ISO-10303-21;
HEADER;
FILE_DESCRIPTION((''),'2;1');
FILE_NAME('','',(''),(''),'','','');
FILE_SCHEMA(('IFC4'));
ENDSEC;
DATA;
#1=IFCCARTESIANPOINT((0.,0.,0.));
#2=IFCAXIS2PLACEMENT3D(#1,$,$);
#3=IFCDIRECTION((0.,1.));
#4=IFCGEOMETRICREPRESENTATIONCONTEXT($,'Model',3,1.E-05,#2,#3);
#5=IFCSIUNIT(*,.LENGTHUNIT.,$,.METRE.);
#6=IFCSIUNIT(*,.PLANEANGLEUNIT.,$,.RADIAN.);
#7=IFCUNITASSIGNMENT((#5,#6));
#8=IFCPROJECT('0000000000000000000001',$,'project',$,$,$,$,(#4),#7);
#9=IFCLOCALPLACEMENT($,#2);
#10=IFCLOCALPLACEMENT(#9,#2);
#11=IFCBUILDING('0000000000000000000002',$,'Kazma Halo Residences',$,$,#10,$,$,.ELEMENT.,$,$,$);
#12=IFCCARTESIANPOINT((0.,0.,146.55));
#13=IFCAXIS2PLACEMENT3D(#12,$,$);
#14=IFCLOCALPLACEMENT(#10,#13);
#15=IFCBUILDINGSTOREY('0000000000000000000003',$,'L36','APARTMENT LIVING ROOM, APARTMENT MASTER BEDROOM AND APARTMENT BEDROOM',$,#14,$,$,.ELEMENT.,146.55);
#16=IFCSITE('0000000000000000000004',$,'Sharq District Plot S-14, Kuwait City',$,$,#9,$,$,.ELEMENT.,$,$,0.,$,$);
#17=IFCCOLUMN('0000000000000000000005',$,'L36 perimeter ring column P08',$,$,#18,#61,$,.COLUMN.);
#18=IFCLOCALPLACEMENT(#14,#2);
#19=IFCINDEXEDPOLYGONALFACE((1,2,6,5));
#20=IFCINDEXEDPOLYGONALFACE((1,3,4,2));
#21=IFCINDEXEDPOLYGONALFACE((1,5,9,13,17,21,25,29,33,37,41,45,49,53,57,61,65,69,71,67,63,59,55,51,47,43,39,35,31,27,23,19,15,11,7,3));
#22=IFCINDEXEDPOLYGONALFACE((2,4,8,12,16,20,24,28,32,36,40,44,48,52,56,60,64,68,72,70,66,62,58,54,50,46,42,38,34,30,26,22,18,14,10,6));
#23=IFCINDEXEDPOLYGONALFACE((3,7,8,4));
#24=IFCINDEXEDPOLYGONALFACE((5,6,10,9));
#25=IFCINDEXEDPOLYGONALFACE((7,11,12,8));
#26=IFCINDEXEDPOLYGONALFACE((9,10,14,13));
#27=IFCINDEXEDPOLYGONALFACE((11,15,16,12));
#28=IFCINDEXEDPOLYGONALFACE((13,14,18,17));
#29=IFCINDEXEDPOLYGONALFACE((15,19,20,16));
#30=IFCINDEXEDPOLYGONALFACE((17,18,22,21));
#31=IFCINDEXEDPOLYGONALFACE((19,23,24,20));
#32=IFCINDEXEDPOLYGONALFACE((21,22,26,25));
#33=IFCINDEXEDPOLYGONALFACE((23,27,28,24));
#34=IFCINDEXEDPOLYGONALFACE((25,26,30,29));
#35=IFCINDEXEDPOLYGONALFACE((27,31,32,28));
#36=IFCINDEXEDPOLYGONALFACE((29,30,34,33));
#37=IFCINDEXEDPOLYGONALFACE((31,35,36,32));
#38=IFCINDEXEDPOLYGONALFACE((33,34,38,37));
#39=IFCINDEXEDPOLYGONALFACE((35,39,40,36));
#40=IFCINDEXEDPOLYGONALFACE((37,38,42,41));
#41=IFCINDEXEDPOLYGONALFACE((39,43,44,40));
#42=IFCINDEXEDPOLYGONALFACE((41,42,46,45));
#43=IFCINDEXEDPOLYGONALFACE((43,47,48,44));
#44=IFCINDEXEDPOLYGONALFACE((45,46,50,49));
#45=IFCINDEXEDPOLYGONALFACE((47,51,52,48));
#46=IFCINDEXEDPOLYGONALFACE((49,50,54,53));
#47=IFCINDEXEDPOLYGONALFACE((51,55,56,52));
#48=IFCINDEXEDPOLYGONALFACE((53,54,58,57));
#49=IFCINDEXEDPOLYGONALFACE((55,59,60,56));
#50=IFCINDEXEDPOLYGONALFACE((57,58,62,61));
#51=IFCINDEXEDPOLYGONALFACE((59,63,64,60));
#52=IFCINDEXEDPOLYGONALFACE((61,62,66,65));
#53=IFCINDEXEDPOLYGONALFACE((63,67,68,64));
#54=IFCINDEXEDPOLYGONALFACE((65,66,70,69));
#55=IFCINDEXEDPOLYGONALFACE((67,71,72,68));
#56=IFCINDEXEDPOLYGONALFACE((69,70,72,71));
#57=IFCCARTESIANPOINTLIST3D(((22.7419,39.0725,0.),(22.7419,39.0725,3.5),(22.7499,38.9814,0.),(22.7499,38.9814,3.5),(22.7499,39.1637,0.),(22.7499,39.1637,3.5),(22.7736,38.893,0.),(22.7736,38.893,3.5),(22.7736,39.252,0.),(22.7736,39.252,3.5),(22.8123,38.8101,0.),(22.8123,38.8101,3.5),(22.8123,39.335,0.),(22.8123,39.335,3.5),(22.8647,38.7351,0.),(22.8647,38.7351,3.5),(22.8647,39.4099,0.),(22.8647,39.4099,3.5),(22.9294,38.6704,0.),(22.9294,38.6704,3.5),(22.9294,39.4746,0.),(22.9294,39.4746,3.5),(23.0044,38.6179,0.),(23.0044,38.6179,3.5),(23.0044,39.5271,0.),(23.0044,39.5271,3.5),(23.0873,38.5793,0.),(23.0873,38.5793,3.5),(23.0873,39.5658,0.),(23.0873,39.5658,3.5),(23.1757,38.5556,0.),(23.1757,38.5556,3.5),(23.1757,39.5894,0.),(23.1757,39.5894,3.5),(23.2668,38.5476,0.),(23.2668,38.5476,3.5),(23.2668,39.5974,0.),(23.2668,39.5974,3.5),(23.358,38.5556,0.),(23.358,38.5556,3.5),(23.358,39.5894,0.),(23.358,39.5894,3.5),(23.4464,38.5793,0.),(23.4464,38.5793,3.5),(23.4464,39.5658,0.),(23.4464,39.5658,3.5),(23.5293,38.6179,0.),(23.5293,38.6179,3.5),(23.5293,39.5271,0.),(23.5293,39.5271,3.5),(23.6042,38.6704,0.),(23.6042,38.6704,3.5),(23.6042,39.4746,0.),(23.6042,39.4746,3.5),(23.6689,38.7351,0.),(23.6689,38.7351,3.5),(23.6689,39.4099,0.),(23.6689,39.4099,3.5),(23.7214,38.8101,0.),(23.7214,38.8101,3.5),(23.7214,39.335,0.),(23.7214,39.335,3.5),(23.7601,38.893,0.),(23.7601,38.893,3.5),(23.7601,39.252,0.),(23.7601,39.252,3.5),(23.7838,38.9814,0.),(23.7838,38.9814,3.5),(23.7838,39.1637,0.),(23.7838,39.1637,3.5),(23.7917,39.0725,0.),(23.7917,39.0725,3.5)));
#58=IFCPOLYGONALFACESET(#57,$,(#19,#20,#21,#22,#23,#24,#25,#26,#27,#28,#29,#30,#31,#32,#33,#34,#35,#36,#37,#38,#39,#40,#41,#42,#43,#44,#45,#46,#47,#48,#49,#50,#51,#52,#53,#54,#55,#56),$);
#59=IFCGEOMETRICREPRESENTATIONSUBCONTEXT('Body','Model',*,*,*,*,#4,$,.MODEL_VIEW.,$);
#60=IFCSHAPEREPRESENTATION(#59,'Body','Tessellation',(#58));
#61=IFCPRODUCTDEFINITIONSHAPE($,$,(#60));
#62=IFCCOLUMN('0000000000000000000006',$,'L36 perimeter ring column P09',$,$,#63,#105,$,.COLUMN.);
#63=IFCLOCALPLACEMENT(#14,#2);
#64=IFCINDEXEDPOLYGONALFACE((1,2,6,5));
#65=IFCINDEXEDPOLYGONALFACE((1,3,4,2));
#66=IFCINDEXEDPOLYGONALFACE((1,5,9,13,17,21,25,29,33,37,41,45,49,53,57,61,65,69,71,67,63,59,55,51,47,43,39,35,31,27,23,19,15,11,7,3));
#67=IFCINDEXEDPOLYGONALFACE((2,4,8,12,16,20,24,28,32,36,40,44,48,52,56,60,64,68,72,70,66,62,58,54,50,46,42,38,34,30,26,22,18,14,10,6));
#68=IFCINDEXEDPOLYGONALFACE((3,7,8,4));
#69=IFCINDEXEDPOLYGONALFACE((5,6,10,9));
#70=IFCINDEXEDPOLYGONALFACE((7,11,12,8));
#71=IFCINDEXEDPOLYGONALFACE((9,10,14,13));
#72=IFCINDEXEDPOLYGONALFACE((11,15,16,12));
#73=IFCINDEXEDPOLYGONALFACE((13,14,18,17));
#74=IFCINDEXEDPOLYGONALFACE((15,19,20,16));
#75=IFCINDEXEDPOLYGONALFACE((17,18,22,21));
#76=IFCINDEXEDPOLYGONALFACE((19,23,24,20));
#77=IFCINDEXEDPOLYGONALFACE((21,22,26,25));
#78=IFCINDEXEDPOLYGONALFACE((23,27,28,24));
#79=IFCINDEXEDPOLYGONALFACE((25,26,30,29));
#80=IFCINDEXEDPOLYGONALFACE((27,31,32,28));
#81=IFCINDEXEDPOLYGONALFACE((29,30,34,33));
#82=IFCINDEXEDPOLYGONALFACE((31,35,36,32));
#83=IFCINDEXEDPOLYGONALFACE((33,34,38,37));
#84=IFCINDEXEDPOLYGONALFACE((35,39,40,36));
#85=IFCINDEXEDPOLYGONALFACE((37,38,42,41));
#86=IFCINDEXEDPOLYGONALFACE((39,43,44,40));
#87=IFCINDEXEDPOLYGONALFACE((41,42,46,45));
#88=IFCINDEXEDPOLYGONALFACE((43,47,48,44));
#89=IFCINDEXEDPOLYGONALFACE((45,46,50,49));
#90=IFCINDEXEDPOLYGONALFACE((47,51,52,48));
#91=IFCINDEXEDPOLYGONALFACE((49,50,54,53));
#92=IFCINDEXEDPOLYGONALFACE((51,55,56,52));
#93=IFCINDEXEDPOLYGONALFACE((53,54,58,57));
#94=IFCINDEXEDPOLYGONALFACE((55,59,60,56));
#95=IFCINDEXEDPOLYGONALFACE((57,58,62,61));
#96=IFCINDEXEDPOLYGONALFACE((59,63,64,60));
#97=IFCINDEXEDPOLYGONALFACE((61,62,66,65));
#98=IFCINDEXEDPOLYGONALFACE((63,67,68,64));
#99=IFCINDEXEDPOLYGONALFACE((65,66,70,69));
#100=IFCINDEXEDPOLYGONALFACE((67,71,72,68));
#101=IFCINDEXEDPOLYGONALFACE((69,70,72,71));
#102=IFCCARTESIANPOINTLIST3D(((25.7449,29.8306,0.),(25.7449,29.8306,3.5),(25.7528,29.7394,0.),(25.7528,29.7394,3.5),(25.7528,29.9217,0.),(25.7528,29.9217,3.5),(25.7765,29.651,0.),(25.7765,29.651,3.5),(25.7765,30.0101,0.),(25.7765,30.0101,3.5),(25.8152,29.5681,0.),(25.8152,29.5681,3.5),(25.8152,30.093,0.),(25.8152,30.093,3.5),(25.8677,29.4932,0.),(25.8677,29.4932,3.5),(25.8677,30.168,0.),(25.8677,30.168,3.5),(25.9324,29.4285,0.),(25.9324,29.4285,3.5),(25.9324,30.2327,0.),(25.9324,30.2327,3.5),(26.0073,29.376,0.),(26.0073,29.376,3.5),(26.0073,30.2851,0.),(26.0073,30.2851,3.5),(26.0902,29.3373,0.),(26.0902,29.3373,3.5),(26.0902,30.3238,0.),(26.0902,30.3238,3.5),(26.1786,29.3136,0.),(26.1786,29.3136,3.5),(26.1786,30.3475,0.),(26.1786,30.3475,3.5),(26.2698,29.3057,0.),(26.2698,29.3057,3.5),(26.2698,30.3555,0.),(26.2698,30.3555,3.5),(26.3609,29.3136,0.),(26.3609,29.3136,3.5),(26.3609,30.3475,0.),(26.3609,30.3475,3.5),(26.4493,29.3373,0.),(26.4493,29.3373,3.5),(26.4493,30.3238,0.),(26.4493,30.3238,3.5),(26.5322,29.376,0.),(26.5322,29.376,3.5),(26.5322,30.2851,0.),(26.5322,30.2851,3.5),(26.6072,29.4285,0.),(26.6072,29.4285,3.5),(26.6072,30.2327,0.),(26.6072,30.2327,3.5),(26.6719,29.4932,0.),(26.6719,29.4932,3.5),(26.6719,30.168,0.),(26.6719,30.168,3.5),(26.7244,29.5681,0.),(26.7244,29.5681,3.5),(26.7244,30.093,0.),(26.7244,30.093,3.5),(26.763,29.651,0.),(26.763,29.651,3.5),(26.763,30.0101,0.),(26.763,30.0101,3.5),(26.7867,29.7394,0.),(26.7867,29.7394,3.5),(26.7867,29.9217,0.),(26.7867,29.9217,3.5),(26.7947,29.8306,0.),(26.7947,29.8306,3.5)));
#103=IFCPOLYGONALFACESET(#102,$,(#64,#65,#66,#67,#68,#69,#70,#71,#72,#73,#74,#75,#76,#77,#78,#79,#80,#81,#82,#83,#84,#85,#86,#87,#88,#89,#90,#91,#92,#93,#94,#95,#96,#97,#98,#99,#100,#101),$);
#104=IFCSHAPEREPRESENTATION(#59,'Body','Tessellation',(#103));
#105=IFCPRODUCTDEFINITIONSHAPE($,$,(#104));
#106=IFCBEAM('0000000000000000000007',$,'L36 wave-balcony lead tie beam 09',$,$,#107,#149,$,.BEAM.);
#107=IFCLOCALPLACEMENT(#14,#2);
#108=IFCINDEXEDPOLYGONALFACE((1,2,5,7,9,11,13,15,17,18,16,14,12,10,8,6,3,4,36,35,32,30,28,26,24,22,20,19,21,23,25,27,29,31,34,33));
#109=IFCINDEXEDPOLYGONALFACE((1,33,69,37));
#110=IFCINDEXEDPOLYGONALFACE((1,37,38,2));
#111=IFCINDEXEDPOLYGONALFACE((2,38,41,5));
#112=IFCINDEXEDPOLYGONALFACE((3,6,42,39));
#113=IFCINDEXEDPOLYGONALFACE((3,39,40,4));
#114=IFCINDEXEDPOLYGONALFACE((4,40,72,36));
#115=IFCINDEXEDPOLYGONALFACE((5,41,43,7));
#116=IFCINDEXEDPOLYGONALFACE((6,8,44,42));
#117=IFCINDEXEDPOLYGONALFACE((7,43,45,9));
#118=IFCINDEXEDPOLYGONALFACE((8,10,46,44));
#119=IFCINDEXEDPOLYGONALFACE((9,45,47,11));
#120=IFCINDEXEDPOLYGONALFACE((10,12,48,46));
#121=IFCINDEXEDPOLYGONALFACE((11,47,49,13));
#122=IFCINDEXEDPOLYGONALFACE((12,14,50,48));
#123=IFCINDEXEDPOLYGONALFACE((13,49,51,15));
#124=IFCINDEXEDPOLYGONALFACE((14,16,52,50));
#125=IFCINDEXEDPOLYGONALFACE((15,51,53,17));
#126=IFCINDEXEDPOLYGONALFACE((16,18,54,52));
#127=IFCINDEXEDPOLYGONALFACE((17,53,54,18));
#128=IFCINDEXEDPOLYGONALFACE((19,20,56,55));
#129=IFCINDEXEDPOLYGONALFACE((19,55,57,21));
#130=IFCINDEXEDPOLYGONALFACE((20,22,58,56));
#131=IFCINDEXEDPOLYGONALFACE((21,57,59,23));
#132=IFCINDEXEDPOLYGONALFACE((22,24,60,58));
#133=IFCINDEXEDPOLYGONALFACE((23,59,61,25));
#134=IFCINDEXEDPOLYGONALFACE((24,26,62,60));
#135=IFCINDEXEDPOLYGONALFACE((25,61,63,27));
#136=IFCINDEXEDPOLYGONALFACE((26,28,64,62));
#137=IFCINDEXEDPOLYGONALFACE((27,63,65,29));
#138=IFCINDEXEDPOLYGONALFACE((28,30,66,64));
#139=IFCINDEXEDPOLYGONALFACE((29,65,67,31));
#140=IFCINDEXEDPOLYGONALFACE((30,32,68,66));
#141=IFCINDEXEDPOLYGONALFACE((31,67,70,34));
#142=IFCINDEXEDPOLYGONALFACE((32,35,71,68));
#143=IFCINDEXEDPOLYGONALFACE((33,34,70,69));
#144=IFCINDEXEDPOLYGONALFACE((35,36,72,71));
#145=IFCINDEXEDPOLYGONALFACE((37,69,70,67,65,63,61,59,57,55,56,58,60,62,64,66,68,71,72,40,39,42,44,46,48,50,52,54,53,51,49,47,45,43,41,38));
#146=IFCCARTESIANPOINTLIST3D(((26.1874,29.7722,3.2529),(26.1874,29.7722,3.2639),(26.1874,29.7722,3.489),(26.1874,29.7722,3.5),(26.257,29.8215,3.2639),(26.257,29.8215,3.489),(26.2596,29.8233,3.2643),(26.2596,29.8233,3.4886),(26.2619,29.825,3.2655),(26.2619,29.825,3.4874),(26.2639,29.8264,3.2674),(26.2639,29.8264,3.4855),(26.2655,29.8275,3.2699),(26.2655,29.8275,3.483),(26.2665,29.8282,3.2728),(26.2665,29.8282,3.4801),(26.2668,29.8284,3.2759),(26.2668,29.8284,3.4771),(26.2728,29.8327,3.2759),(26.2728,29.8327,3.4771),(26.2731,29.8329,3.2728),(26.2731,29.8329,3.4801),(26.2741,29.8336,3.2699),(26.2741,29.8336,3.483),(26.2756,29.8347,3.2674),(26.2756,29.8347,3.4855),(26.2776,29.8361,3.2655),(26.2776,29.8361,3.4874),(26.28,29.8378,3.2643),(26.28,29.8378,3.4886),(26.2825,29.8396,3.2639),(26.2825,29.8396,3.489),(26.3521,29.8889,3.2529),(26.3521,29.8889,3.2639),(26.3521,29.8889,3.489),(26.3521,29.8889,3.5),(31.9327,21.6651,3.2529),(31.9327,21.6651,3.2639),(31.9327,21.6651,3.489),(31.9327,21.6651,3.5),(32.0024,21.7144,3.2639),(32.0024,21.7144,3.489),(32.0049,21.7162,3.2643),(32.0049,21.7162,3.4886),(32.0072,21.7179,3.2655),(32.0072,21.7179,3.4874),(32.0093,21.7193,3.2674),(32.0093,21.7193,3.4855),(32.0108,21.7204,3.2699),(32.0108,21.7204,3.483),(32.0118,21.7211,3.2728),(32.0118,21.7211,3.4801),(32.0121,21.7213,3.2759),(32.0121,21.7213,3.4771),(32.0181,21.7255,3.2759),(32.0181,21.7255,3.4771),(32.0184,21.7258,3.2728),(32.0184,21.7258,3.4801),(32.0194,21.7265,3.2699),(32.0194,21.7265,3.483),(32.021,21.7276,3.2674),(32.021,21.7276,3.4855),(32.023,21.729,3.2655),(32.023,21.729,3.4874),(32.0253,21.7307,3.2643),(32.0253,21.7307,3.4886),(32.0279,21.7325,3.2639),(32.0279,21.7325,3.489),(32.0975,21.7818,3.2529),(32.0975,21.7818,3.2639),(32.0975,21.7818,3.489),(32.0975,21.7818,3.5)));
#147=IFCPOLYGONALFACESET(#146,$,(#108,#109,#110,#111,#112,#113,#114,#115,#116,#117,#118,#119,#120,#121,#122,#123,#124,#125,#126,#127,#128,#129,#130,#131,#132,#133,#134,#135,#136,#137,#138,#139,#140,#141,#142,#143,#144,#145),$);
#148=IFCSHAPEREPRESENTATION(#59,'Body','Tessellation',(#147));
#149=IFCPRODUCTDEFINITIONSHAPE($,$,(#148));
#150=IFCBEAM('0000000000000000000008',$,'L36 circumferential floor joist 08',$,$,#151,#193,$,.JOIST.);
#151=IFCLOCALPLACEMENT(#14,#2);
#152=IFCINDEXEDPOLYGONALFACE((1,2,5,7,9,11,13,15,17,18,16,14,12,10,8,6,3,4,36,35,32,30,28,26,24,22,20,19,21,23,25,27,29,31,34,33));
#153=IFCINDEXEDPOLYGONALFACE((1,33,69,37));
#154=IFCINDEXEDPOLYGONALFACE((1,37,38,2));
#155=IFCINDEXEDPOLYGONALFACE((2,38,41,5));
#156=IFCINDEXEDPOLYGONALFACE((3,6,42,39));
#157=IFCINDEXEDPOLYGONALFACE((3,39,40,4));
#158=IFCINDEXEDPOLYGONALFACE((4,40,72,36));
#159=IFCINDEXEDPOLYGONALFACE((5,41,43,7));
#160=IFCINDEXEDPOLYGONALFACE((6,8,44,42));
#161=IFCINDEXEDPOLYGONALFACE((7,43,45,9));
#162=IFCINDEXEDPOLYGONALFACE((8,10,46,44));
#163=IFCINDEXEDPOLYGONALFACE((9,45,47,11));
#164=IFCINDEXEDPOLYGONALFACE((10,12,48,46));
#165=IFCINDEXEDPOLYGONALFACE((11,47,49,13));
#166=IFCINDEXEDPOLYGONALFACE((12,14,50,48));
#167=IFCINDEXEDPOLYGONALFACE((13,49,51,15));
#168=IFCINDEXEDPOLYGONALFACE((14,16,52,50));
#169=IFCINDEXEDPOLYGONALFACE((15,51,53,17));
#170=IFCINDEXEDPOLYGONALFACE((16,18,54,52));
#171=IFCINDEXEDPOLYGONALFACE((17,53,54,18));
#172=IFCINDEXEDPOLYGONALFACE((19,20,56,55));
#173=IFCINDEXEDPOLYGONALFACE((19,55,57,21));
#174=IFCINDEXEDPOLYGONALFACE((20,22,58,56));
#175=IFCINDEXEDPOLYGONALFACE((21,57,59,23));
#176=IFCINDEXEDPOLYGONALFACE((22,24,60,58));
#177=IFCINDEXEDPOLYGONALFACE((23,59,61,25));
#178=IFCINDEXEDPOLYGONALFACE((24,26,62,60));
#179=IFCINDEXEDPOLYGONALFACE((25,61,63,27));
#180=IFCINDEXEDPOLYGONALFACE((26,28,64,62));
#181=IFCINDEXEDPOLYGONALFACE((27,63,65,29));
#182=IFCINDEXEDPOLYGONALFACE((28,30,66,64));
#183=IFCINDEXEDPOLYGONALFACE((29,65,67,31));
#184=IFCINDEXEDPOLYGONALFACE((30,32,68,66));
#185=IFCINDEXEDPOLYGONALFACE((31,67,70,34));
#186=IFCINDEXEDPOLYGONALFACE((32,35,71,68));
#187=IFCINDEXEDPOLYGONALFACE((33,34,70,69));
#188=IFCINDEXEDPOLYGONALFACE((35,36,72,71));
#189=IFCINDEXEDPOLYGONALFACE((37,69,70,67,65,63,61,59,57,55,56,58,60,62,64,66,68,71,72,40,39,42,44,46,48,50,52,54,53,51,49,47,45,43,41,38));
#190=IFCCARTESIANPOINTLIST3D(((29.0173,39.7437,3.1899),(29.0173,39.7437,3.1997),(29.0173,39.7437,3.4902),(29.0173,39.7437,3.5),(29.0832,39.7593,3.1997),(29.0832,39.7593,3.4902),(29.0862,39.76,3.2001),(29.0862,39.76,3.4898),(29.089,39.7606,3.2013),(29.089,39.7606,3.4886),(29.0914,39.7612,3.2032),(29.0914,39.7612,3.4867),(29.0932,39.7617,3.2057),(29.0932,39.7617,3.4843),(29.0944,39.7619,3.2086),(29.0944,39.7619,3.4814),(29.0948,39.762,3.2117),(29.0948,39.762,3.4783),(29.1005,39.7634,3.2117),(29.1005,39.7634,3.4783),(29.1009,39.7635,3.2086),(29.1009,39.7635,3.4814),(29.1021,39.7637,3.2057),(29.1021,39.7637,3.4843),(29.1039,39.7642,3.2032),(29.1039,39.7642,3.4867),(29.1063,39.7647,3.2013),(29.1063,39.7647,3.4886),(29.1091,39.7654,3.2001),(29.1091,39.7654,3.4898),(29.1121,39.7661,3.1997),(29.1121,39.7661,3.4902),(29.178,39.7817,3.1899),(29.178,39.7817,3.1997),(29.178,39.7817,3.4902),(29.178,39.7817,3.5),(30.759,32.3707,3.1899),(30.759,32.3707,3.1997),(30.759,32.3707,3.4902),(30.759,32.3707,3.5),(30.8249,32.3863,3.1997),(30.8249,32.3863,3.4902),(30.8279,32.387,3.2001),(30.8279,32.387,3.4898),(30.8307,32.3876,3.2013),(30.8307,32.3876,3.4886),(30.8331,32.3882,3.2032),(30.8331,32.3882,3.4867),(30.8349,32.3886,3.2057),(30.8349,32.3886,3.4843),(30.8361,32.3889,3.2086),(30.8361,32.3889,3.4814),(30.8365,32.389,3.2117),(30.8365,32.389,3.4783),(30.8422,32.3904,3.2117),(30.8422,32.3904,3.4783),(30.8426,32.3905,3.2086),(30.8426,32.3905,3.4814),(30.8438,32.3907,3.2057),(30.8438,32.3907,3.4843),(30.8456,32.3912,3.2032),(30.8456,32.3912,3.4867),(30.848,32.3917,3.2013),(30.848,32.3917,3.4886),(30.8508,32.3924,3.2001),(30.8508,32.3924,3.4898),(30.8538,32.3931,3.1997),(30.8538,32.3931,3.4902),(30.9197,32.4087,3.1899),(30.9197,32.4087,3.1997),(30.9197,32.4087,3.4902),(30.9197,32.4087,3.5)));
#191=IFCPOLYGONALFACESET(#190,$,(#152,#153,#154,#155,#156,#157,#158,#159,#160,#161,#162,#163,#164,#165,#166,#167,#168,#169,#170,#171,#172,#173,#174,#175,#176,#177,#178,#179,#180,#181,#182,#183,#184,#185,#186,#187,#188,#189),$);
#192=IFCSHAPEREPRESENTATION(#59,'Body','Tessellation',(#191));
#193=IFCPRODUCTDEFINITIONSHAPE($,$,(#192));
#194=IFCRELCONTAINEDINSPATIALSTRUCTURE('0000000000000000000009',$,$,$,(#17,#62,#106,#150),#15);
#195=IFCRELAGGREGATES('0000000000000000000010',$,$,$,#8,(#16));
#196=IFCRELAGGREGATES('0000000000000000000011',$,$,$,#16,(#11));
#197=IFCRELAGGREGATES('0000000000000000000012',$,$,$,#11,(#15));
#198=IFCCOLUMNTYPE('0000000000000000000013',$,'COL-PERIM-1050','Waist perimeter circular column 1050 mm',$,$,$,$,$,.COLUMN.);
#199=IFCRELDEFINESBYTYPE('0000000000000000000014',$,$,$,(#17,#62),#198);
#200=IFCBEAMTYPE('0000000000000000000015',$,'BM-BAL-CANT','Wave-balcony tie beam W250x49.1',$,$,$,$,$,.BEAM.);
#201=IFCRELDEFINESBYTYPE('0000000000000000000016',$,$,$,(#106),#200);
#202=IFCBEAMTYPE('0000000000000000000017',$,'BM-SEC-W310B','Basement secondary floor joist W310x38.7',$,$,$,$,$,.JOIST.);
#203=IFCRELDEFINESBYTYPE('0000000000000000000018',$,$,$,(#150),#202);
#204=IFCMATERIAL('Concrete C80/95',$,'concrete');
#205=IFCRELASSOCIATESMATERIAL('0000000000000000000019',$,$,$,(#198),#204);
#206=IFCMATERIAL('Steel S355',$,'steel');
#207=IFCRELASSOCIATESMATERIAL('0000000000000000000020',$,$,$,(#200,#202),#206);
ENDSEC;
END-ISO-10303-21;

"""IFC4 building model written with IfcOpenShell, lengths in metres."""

from ifc_helpers import new_model, si_unit, direction, frame, origin, origin_2d, place, context, subcontext, project, spatial, circle, i_section, extrude, material, material_profile, profile_set, type_object, element, save


model = new_model("IFC4")

# Units and contexts
model_context = context("Model", 3, precision=1e-05, world=origin(), true_north=direction((0.0, 1.0)))
body_context = subcontext(model_context, "Body", "Model", "MODEL_VIEW")
ifc_project = project(units=[si_unit("LENGTHUNIT", "METRE"), si_unit("PLANEANGLEUNIT", "RADIAN")], contexts=[model_context])

# Site, building, storey
site_placement = place(None, origin())
site = spatial("IfcSite", under=ifc_project, at=site_placement, Name="Sharq District Plot S-14, Kuwait City", CompositionType="ELEMENT", RefElevation=0.0)
building_placement = place(site_placement, origin())
building = spatial("IfcBuilding", under=site, at=building_placement, Name="Kazma Halo Residences", CompositionType="ELEMENT")
storey_placement = place(building_placement, frame((0.0, 0.0, 146.55)))
storey = spatial("IfcBuildingStorey", under=building, at=storey_placement, Name="L36", Description="APARTMENT LIVING ROOM, APARTMENT MASTER BEDROOM AND APARTMENT BEDROOM", CompositionType="ELEMENT", Elevation=146.55)

# Columns
ifc_material_1 = material(Name="Concrete C80/95", Category="concrete")
ifc_material_profile_1 = material_profile(ifc_material_1, circle(Radius=0.5249, at=origin_2d()), Name="CIRC1050")
ifc_profile_set_1 = profile_set([ifc_material_profile_1], Name="Concrete C80/95")
column_type = type_object("IfcColumnType", Name="COL-PERIM-1050", Description="Waist perimeter circular column 1050 mm", PredefinedType="COLUMN", material=ifc_profile_set_1)
for number, where, z_axis, x_axis, name in (
    (1, (23.2668, 39.0725, 0.0), (0.0, 0.0, 1.0), (1.0, 0.0, 0.0), "L36 perimeter ring column P08"),
    (2, (26.2698, 29.8306, 0.0), (0.0, 0.0, 1.0), (1.0, 0.0, 0.0), "L36 perimeter ring column P09"),
):
    element("IfcColumn", number, at=place(storey_placement, frame(where, z_axis=z_axis, x_axis=x_axis)), inside=storey, type_object=column_type, Name=name, PredefinedType="COLUMN", context=body_context, shape_type="SweptSolid", body=[
        extrude(circle(Radius=0.5249, at=origin_2d()), origin(), (0.0, 0.0, 1.0), 3.5),
    ])

# Beams
ifc_material_2 = material(Name="Steel S355", Category="steel")
ifc_material_profile_2 = material_profile(ifc_material_2, i_section(OverallWidth=0.2019, OverallDepth=0.2471, WebThickness=0.0073, FlangeThickness=0.011, FilletRadius=0.012, at=origin_2d()), Name="W250x49.1")
ifc_profile_set_2 = profile_set([ifc_material_profile_2], Name="Steel S355")
beam_type_1 = type_object("IfcBeamType", Name="BM-BAL-CANT", Description="Wave-balcony tie beam W250x49.1", PredefinedType="BEAM", material=ifc_profile_set_2)
beam_1_placement = place(storey_placement, frame((26.2698, 29.8306, 3.3765), z_axis=(0.578203, -0.815893, 0.0), x_axis=(0.815893, 0.578203, 0.0)))
element("IfcBeam", 3, at=beam_1_placement, inside=storey, type_object=beam_type_1, Name="L36 wave-balcony lead tie beam 09", PredefinedType="BEAM", context=body_context, shape_type="SweptSolid", body=[
    extrude(i_section(OverallWidth=0.2019, OverallDepth=0.2471, WebThickness=0.0073, FlangeThickness=0.011, FilletRadius=0.012, at=origin_2d()), origin(), (0.0, 0.0, 1.0), 9.9365),
])
ifc_material_profile_3 = material_profile(ifc_material_2, i_section(OverallWidth=0.165, OverallDepth=0.3101, WebThickness=0.0059, FlangeThickness=0.0098, FilletRadius=0.012, at=origin_2d()), Name="W310x38.7")
ifc_profile_set_3 = profile_set([ifc_material_profile_3], Name="Steel S355")
beam_type_2 = type_object("IfcBeamType", Name="BM-SEC-W310B", Description="Basement secondary floor joist W310x38.7", PredefinedType="JOIST", material=ifc_profile_set_3)
beam_2_placement = place(storey_placement, frame((29.0977, 39.7627, 3.345), z_axis=(0.229898, -0.973215, 0.0), x_axis=(0.973215, 0.229898, 0.0)))
element("IfcBeam", 4, at=beam_2_placement, inside=storey, type_object=beam_type_2, Name="L36 circumferential floor joist 08", PredefinedType="JOIST", context=body_context, shape_type="SweptSolid", body=[
    extrude(i_section(OverallWidth=0.165, OverallDepth=0.3101, WebThickness=0.0059, FlangeThickness=0.0098, FilletRadius=0.012, at=origin_2d()), origin(), (0.0, 0.0, 1.0), 7.5759),
])

save(model, "model.ifc")
